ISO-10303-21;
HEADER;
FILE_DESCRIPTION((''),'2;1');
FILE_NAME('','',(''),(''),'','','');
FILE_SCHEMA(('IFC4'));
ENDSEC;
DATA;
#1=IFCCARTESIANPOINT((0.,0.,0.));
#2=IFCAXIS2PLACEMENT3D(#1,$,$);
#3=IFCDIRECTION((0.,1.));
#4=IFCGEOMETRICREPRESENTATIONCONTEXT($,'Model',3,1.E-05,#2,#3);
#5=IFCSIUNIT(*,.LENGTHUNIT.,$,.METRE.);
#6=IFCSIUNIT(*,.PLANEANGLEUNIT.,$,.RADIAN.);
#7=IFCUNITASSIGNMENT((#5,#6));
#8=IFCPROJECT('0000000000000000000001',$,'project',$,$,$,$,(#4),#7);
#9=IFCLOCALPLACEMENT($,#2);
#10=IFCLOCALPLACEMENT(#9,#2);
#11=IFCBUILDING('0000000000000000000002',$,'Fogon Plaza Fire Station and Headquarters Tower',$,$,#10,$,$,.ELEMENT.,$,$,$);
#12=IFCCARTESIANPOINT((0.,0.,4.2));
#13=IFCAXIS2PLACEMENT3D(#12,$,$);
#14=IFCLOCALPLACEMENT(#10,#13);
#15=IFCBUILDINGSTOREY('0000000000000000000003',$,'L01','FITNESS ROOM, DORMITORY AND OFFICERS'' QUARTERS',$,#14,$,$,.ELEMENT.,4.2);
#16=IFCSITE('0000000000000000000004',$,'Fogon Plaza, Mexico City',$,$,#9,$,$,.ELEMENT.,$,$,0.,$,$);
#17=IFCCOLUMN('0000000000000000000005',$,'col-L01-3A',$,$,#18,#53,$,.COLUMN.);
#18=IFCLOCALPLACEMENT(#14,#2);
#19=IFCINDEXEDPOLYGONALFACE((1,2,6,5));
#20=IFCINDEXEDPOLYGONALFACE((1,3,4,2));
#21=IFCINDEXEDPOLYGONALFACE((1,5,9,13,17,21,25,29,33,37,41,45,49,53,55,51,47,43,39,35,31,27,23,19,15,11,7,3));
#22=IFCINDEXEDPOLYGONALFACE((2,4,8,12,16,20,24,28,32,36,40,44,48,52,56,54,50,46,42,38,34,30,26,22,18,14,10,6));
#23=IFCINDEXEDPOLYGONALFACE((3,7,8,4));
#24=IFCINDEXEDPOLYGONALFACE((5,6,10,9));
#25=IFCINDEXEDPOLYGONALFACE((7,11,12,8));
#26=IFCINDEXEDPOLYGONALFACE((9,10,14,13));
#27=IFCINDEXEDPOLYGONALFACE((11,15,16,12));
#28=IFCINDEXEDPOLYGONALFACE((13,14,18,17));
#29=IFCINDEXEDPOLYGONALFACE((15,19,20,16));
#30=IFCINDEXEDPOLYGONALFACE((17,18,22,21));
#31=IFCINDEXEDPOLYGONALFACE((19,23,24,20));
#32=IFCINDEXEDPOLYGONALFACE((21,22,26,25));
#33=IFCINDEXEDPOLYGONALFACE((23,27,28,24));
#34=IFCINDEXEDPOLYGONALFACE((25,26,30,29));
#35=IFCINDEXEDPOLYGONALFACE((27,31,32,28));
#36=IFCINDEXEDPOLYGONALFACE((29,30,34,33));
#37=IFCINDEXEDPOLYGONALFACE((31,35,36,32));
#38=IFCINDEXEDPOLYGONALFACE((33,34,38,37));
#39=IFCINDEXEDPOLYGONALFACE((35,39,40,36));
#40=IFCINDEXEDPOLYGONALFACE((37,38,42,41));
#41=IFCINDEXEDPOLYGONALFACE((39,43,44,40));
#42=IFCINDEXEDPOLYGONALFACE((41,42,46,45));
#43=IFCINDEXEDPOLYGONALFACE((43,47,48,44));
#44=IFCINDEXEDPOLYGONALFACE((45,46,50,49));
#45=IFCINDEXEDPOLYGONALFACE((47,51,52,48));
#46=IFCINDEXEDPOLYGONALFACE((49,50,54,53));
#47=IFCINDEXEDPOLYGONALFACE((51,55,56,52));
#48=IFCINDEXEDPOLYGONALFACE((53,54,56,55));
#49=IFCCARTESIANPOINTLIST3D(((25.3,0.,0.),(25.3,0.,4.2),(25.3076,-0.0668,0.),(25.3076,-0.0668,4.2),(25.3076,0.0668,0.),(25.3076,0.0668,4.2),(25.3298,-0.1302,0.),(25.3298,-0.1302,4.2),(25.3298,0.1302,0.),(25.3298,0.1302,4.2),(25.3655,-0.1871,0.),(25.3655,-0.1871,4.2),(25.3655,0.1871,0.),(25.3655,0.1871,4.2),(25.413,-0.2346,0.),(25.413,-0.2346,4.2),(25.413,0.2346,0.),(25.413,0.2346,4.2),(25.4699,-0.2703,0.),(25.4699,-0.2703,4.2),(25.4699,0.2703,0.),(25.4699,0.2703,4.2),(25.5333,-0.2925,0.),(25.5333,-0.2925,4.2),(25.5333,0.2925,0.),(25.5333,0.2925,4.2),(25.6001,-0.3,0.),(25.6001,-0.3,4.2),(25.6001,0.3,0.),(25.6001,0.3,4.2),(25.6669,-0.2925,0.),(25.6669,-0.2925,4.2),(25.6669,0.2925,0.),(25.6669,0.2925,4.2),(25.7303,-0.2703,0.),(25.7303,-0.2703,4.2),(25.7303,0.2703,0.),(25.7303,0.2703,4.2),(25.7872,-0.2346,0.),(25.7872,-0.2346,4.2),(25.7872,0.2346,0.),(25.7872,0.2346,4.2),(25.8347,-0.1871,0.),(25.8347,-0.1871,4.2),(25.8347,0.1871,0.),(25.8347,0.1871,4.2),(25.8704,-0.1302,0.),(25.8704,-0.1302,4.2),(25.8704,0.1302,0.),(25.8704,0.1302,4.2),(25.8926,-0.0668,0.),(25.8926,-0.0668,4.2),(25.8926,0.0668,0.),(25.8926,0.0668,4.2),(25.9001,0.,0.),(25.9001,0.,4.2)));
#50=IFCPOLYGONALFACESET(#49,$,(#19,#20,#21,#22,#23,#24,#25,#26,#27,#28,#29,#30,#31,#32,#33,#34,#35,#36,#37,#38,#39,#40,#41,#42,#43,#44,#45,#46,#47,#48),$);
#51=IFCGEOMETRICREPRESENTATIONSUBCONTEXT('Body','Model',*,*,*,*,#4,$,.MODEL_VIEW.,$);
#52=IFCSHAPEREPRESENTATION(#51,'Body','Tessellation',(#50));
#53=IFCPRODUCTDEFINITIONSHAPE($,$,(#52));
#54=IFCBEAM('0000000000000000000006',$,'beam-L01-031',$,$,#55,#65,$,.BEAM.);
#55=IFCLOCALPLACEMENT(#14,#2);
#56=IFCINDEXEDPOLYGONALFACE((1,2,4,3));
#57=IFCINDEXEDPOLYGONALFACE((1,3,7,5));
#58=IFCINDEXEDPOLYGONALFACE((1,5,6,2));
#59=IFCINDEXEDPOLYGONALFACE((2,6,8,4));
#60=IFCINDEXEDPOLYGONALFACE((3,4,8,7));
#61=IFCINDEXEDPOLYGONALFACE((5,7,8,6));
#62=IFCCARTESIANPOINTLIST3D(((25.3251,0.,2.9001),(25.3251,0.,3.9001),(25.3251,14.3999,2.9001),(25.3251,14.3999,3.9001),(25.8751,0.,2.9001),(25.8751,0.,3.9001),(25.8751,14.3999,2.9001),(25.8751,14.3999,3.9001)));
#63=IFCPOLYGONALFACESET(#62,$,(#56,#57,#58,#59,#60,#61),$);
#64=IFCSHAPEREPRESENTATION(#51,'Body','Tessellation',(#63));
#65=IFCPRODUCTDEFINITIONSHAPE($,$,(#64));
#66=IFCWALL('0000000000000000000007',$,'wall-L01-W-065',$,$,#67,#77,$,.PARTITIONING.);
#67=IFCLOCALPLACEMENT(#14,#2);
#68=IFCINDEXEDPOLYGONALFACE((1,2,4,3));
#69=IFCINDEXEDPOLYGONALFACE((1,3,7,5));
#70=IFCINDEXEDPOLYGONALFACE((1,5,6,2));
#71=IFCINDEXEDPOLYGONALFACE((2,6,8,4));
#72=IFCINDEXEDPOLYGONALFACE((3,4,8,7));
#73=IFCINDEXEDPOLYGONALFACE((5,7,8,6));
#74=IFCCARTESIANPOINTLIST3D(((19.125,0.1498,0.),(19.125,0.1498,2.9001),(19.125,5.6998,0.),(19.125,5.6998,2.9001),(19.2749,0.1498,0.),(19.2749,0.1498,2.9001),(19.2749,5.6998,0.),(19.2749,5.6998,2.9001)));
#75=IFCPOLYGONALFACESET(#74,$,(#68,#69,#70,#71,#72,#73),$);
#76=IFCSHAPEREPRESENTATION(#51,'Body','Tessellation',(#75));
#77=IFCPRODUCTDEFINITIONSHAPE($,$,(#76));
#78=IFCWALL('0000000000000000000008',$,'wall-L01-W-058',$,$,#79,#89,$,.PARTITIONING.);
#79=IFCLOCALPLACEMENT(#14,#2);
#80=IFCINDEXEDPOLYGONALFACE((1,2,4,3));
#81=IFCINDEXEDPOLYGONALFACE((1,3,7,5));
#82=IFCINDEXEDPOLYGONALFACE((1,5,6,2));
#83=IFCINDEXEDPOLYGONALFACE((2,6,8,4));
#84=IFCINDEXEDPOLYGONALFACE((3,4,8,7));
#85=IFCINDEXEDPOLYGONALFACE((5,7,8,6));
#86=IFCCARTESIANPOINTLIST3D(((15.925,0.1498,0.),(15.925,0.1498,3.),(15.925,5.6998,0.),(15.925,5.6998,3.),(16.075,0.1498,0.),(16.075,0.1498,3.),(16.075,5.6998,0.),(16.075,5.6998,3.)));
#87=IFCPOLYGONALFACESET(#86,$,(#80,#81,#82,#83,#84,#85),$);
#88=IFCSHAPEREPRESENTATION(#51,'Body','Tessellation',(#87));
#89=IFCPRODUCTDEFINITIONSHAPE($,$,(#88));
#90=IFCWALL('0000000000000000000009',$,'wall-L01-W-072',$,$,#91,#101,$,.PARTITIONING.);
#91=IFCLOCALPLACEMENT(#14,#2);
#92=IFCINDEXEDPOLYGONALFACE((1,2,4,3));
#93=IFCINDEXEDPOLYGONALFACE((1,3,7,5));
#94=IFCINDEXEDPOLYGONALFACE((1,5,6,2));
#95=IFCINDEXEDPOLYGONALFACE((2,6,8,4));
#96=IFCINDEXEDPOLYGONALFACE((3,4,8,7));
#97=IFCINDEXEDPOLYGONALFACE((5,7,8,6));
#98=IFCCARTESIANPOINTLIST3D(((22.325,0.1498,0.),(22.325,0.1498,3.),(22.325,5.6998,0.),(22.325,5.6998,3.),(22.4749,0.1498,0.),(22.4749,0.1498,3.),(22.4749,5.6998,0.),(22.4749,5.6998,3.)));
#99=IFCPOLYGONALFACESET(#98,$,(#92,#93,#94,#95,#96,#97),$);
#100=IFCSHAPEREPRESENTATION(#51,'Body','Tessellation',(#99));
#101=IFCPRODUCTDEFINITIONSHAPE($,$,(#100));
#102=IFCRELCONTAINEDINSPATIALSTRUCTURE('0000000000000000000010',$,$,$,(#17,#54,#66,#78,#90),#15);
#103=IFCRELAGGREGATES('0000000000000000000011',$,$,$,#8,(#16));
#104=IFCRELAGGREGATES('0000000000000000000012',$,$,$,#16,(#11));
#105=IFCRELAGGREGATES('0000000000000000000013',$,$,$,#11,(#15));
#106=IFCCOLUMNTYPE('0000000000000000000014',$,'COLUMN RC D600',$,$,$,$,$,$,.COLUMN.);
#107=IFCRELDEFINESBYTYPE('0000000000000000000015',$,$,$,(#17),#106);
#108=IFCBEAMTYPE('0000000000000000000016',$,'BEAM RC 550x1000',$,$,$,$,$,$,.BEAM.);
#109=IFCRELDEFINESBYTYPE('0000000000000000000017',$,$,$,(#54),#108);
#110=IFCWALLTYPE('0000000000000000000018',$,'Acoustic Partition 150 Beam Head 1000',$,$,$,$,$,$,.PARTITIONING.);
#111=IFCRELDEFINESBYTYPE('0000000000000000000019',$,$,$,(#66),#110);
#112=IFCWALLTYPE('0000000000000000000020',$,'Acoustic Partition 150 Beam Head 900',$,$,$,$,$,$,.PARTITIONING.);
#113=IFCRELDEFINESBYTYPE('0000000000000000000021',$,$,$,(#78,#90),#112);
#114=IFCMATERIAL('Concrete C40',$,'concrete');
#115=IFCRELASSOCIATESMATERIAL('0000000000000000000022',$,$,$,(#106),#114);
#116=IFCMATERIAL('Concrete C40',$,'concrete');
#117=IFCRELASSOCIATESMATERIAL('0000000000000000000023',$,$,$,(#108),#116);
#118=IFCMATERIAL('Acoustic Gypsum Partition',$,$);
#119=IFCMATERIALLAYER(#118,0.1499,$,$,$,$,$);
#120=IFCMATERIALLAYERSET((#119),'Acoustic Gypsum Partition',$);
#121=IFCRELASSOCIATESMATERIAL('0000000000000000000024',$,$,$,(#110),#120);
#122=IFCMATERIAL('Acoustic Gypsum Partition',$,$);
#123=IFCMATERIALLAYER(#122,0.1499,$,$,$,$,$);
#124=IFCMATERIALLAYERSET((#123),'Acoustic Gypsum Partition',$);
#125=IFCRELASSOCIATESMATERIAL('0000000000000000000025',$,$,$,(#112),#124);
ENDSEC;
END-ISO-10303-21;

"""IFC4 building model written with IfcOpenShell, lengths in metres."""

from ifc_helpers import new_model, si_unit, direction, frame, frame_2d, origin, origin_2d, place, context, subcontext, project, spatial, rectangle, circle, extrude, material, layer, layer_set, material_profile, profile_set, type_object, element, save


model = new_model("IFC4")

# Units and contexts
model_context = context("Model", 3, precision=1e-05, world=origin(), true_north=direction((0.0, 1.0)))
body_context = subcontext(model_context, "Body", "Model", "MODEL_VIEW")
ifc_project = project(units=[si_unit("LENGTHUNIT", "METRE"), si_unit("PLANEANGLEUNIT", "RADIAN")], contexts=[model_context])

# Site, building, storey
site_placement = place(None, origin())
site = spatial("IfcSite", under=ifc_project, at=site_placement, Name="Fogon Plaza, Mexico City", CompositionType="ELEMENT", RefElevation=0.0)
building_placement = place(site_placement, origin())
building = spatial("IfcBuilding", under=site, at=building_placement, Name="Fogon Plaza Fire Station and Headquarters Tower", CompositionType="ELEMENT")
storey_placement = place(building_placement, frame((0.0, 0.0, 4.2)))
storey = spatial("IfcBuildingStorey", under=building, at=storey_placement, Name="L01", Description="FITNESS ROOM, DORMITORY AND OFFICERS' QUARTERS", CompositionType="ELEMENT", Elevation=4.2)

# Column
ifc_material_1 = material(Name="Concrete C40", Category="concrete")
ifc_material_profile_1 = material_profile(ifc_material_1, circle(Radius=0.3, at=origin_2d()), Name="RC D600")
ifc_profile_set_1 = profile_set([ifc_material_profile_1], Name="Concrete C40")
column_type = type_object("IfcColumnType", Name="COLUMN RC D600", PredefinedType="COLUMN", material=ifc_profile_set_1)
column_placement = place(storey_placement, frame((25.6001, 0.0, 0.0), z_axis=(0.0, 0.0, 1.0), x_axis=(1.0, 0.0, 0.0)))
element("IfcColumn", 1, at=column_placement, inside=storey, type_object=column_type, Name="col-L01-3A", PredefinedType="COLUMN", context=body_context, shape_type="SweptSolid", body=[
    extrude(circle(Radius=0.3, at=origin_2d()), origin(), (0.0, 0.0, 1.0), 4.2),
])

# Beam
ifc_material_2 = material(Name="Concrete C40", Category="concrete")
ifc_material_profile_2 = material_profile(ifc_material_2, rectangle(XDim=0.55, YDim=1.0, at=origin_2d()), Name="RC 550x1000")
ifc_profile_set_2 = profile_set([ifc_material_profile_2], Name="Concrete C40")
beam_type = type_object("IfcBeamType", Name="BEAM RC 550x1000", PredefinedType="BEAM", material=ifc_profile_set_2)
beam_placement = place(storey_placement, frame((25.6001, 0.0, 3.4001), z_axis=(0.0, 1.0, 0.0), x_axis=(-1.0, 0.0, 0.0)))
element("IfcBeam", 2, at=beam_placement, inside=storey, type_object=beam_type, Name="beam-L01-031", PredefinedType="BEAM", context=body_context, shape_type="SweptSolid", body=[
    extrude(rectangle(XDim=0.55, YDim=1.0, at=origin_2d()), origin(), (0.0, 0.0, 1.0), 14.3999),
])

# Walls
ifc_material_3 = material(Name="Acoustic Gypsum Partition")
ifc_layer_1 = layer(ifc_material_3, 0.1499)
ifc_layer_set_1 = layer_set([ifc_layer_1], Name="Acoustic Gypsum Partition")
wall_type_1 = type_object("IfcWallType", Name="Acoustic Partition 150 Beam Head 1000", PredefinedType="PARTITIONING", material=ifc_layer_set_1)
wall_1_placement = place(storey_placement, frame((19.2, 0.1499, 0.0), z_axis=(0.0, 0.0, 1.0), x_axis=(0.0, 1.0, 0.0)))
element("IfcWall", 3, at=wall_1_placement, inside=storey, type_object=wall_type_1, Name="wall-L01-W-065", PredefinedType="PARTITIONING", context=body_context, shape_type="SweptSolid", body=[
    extrude(rectangle(XDim=5.55, YDim=0.1499, at=frame_2d((2.7749, 0.0))), origin(), (0.0, 0.0, 1.0), 2.9001),
])
ifc_material_4 = material(Name="Acoustic Gypsum Partition")
ifc_layer_2 = layer(ifc_material_4, 0.1499)
ifc_layer_set_2 = layer_set([ifc_layer_2], Name="Acoustic Gypsum Partition")
wall_type_2 = type_object("IfcWallType", Name="Acoustic Partition 150 Beam Head 900", PredefinedType="PARTITIONING", material=ifc_layer_set_2)
for number, where, z_axis, x_axis, name in (
    (4, (16.0, 0.1499, 0.0), (0.0, 0.0, 1.0), (0.0, 1.0, 0.0), "wall-L01-W-058"),
    (5, (22.3999, 0.1499, 0.0), (0.0, 0.0, 1.0), (0.0, 1.0, 0.0), "wall-L01-W-072"),
):
    element("IfcWall", number, at=place(storey_placement, frame(where, z_axis=z_axis, x_axis=x_axis)), inside=storey, type_object=wall_type_2, Name=name, PredefinedType="PARTITIONING", context=body_context, shape_type="SweptSolid", body=[
        extrude(rectangle(XDim=5.55, YDim=0.1499, at=frame_2d((2.7749, 0.0))), origin(), (0.0, 0.0, 1.0), 3.0),
    ])

save(model, "model.ifc")
